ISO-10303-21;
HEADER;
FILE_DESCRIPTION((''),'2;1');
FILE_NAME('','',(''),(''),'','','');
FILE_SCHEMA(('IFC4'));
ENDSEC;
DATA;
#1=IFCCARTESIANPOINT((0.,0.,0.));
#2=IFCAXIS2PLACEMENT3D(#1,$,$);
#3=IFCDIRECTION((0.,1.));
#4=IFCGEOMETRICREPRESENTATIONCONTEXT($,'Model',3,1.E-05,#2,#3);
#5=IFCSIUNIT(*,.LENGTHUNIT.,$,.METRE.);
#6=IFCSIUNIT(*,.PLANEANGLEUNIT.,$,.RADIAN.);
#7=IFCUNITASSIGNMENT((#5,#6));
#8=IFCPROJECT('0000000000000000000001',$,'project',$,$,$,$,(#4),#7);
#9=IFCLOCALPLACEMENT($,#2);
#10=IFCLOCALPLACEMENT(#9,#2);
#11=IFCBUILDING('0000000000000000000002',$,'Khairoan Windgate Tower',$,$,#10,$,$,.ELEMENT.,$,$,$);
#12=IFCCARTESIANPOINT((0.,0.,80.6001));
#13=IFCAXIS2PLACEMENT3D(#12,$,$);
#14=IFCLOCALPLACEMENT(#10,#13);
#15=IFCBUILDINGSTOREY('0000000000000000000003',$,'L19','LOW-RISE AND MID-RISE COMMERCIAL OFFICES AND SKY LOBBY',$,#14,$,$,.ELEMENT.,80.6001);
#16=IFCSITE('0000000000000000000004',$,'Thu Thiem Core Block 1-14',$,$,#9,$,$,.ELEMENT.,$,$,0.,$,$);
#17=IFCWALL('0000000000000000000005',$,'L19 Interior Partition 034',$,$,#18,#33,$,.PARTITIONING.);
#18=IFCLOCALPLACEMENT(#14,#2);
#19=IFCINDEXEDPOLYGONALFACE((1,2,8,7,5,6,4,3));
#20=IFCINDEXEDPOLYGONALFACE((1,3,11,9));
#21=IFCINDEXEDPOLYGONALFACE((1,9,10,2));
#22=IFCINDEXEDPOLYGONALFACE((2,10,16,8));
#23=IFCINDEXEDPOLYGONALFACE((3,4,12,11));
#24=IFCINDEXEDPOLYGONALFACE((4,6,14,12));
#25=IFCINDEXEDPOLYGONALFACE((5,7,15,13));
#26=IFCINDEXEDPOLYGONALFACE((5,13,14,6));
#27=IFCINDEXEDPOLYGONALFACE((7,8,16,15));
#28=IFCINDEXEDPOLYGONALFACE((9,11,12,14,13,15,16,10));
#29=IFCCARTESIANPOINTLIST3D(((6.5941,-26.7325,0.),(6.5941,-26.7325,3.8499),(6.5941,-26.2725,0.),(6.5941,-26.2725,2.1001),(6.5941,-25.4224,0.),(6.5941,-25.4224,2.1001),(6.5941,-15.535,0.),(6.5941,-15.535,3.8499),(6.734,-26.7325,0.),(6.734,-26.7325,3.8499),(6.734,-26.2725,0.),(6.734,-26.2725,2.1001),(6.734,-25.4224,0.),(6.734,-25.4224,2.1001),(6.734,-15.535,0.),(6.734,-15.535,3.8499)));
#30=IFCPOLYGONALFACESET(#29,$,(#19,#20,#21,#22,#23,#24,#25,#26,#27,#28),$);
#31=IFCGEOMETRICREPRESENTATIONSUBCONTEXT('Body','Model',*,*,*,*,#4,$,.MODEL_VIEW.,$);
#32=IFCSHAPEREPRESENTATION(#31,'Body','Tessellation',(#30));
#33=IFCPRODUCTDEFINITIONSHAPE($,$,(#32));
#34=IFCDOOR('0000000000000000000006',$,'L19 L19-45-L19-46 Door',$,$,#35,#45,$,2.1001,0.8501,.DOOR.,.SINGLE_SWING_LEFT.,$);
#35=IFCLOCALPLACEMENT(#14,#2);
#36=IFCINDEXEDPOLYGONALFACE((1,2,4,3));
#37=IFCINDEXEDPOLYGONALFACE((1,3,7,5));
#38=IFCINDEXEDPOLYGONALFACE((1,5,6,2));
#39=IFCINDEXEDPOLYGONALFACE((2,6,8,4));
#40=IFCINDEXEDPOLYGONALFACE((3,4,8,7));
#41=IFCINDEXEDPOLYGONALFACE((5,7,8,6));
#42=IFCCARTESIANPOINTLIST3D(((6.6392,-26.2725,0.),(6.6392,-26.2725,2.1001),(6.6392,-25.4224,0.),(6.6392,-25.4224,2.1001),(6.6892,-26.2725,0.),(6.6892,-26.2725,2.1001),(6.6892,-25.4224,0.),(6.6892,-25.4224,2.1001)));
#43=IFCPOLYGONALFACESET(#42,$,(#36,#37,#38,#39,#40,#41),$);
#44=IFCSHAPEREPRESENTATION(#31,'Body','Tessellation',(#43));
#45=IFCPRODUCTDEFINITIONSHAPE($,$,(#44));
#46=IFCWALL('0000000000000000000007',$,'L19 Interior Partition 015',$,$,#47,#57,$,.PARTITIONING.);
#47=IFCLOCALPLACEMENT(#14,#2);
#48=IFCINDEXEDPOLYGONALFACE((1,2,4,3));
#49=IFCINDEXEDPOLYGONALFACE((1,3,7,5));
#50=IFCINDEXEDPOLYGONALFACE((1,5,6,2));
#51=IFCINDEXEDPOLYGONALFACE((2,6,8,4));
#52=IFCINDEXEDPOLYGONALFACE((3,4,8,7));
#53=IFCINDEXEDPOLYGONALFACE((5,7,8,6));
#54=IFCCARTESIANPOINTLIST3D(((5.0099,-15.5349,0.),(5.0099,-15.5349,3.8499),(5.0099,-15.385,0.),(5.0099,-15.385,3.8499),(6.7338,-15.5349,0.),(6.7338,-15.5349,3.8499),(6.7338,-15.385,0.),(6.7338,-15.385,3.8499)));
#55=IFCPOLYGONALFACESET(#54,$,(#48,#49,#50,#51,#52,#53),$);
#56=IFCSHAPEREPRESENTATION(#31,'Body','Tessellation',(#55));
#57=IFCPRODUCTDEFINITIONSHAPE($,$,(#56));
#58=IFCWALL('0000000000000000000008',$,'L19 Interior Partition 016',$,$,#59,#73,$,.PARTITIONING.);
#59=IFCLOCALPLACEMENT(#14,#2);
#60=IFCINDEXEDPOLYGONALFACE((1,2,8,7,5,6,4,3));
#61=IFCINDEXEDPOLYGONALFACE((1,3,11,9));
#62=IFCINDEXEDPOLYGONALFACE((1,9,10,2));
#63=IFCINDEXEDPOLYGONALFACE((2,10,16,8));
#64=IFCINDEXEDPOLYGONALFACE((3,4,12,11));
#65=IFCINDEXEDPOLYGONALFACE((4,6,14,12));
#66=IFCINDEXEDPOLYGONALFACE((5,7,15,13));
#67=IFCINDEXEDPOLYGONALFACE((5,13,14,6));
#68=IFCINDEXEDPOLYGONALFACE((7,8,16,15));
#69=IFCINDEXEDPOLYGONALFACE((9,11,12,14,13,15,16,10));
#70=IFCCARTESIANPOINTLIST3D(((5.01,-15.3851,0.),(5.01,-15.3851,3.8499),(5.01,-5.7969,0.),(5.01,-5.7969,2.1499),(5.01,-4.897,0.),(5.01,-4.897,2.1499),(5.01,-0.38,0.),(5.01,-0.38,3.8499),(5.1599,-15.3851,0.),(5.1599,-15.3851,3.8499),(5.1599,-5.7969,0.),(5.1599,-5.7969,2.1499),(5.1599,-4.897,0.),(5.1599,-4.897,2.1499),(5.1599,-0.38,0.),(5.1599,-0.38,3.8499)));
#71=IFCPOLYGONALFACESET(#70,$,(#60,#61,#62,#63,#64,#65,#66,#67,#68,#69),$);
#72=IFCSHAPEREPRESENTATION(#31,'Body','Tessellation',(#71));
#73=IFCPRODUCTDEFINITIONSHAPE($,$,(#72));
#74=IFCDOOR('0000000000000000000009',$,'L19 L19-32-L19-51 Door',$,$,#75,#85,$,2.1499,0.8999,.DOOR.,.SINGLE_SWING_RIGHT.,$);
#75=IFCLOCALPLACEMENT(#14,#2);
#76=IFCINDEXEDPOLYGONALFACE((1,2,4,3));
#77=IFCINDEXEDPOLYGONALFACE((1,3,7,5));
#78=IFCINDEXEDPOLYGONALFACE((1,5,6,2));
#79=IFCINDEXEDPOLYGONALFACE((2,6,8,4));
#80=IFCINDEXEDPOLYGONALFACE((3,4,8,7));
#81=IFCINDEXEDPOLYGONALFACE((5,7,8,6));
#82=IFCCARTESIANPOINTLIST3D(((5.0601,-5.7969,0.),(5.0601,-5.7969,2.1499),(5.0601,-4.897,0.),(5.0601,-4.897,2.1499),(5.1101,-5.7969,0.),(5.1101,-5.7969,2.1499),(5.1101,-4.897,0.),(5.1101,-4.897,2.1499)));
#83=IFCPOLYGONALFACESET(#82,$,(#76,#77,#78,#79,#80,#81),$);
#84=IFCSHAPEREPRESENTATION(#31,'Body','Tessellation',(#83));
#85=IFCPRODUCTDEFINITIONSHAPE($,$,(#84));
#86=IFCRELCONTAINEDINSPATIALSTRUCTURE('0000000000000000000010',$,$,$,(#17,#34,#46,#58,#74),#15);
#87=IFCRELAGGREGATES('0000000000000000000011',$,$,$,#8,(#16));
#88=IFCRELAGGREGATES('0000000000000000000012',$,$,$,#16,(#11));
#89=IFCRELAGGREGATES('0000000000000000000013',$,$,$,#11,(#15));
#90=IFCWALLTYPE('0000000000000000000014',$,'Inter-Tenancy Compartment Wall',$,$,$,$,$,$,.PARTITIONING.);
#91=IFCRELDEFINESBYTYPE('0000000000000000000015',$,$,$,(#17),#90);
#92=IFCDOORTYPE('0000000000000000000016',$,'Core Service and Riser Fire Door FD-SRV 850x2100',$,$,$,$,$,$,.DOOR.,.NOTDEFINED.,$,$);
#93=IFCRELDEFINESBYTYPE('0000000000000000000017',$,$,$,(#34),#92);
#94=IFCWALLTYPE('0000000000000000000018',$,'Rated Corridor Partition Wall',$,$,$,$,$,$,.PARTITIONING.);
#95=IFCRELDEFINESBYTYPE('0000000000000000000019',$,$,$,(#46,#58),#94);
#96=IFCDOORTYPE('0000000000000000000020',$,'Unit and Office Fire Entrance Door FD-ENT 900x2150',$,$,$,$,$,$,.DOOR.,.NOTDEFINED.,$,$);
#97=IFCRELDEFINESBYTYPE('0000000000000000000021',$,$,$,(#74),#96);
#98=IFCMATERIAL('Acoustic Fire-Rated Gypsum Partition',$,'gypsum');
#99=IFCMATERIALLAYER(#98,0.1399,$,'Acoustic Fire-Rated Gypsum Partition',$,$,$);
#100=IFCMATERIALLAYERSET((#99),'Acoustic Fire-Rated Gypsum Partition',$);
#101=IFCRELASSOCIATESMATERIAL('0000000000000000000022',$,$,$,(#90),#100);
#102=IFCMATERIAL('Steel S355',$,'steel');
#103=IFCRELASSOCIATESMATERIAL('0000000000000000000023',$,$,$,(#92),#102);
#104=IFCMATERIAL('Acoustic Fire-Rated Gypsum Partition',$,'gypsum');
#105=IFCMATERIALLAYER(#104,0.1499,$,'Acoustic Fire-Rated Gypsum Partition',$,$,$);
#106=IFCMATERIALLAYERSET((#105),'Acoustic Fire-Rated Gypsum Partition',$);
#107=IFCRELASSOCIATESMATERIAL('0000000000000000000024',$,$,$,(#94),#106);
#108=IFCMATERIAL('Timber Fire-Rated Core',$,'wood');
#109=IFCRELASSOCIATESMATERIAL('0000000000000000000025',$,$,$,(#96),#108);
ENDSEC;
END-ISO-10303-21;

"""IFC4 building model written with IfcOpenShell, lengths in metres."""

from ifc_helpers import new_model, si_unit, direction, frame, frame_2d, origin, place, context, subcontext, project, spatial, rectangle, extrude, material, layer, layer_set, type_object, element, fill, save


model = new_model("IFC4")

# Units and contexts
model_context = context("Model", 3, precision=1e-05, world=origin(), true_north=direction((0.0, 1.0)))
body_context = subcontext(model_context, "Body", "Model", "MODEL_VIEW")
ifc_project = project(units=[si_unit("LENGTHUNIT", "METRE"), si_unit("PLANEANGLEUNIT", "RADIAN")], contexts=[model_context])

# Site, building, storey
site_placement = place(None, origin())
site = spatial("IfcSite", under=ifc_project, at=site_placement, Name="Thu Thiem Core Block 1-14", CompositionType="ELEMENT", RefElevation=0.0)
building_placement = place(site_placement, origin())
building = spatial("IfcBuilding", under=site, at=building_placement, Name="Khairoan Windgate Tower", CompositionType="ELEMENT")
storey_placement = place(building_placement, frame((0.0, 0.0, 80.6001)))
storey = spatial("IfcBuildingStorey", under=building, at=storey_placement, Name="L19", Description="LOW-RISE AND MID-RISE COMMERCIAL OFFICES AND SKY LOBBY", CompositionType="ELEMENT", Elevation=80.6001)

# Wall, opening, door
ifc_material_1 = material(Name="Acoustic Fire-Rated Gypsum Partition", Category="gypsum")
ifc_layer_1 = layer(ifc_material_1, 0.1399, Name="Acoustic Fire-Rated Gypsum Partition")
ifc_layer_set_1 = layer_set([ifc_layer_1], Name="Acoustic Fire-Rated Gypsum Partition")
wall_type_1 = type_object("IfcWallType", Name="Inter-Tenancy Compartment Wall", PredefinedType="PARTITIONING", material=ifc_layer_set_1)
wall_1_placement = place(storey_placement, frame((6.6641, -26.7324, 0.0), z_axis=(0.0, 0.0, 1.0), x_axis=(0.0, 1.0, 0.0)))
wall_1 = element("IfcWall", 1, at=wall_1_placement, inside=storey, type_object=wall_type_1, Name="L19 Interior Partition 034", PredefinedType="PARTITIONING", context=body_context, shape_type="SweptSolid", body=[
    extrude(rectangle(XDim=11.1975, YDim=0.1399, at=frame_2d((5.5986, 0.0))), origin(), (0.0, 0.0, 1.0), 3.8499),
])
opening_1_placement = place(wall_1_placement, frame((0.46, 0.0, 0.0)))
opening_1 = element("IfcOpeningElement", 2, at=opening_1_placement, cuts=wall_1, PredefinedType="OPENING", context=body_context, shape_type="SweptSolid", body=[
    extrude(rectangle(XDim=0.8501, YDim=2.1001, at=frame_2d((0.425, 1.05))), frame((0.0, 0.0798, 0.0), z_axis=(0.0, -1.0, 0.0), x_axis=(1.0, 0.0, 0.0)), (0.0, 0.0, 1.0), 0.1599),
])
ifc_material_2 = material(Name="Steel S355", Category="steel")
door_type_1 = type_object("IfcDoorType", Name="Core Service and Riser Fire Door FD-SRV 850x2100", OperationType="NOTDEFINED", PredefinedType="DOOR", material=ifc_material_2)
door_1_placement = place(opening_1_placement, origin())
door_1 = element("IfcDoor", 3, at=door_1_placement, inside=storey, type_object=door_type_1, Name="L19 L19-45-L19-46 Door", OperationType="SINGLE_SWING_LEFT", OverallHeight=2.1001, OverallWidth=0.8501, PredefinedType="DOOR", context=body_context, shape_type="SweptSolid", body=[
    extrude(rectangle(XDim=0.8501, YDim=2.1001, at=frame_2d((0.425, 1.05))), frame((0.0, 0.0249, 0.0), z_axis=(0.0, -1.0, 0.0), x_axis=(1.0, 0.0, 0.0)), (0.0, 0.0, 1.0), 0.05),
])
fill(opening_1, door_1)

# Wall
ifc_material_3 = material(Name="Acoustic Fire-Rated Gypsum Partition", Category="gypsum")
ifc_layer_2 = layer(ifc_material_3, 0.1499, Name="Acoustic Fire-Rated Gypsum Partition")
ifc_layer_set_2 = layer_set([ifc_layer_2], Name="Acoustic Fire-Rated Gypsum Partition")
wall_type_2 = type_object("IfcWallType", Name="Rated Corridor Partition Wall", PredefinedType="PARTITIONING", material=ifc_layer_set_2)
wall_2_placement = place(storey_placement, frame((5.01, -15.46, 0.0), z_axis=(0.0, 0.0, 1.0), x_axis=(1.0, 0.0, 0.0)))
element("IfcWall", 4, at=wall_2_placement, inside=storey, type_object=wall_type_2, Name="L19 Interior Partition 015", PredefinedType="PARTITIONING", context=body_context, shape_type="SweptSolid", body=[
    extrude(rectangle(XDim=1.7239, YDim=0.1499, at=frame_2d((0.8618, 0.0))), origin(), (0.0, 0.0, 1.0), 3.8499),
])

# Wall, opening, door
wall_3_placement = place(storey_placement, frame((5.085, -15.385, 0.0), z_axis=(0.0, 0.0, 1.0), x_axis=(0.0, 1.0, 0.0)))
wall_3 = element("IfcWall", 5, at=wall_3_placement, inside=storey, type_object=wall_type_2, Name="L19 Interior Partition 016", PredefinedType="PARTITIONING", context=body_context, shape_type="SweptSolid", body=[
    extrude(rectangle(XDim=15.0051, YDim=0.1499, at=frame_2d((7.5024, 0.0))), origin(), (0.0, 0.0, 1.0), 3.8499),
])
opening_2_placement = place(wall_3_placement, frame((9.5881, 0.0, 0.0)))
opening_2 = element("IfcOpeningElement", 6, at=opening_2_placement, cuts=wall_3, PredefinedType="OPENING", context=body_context, shape_type="SweptSolid", body=[
    extrude(rectangle(XDim=0.8999, YDim=2.1499, at=frame_2d((0.45, 1.075))), frame((0.0, 0.085, 0.0), z_axis=(0.0, -1.0, 0.0), x_axis=(1.0, 0.0, 0.0)), (0.0, 0.0, 1.0), 0.1699),
])
ifc_material_4 = material(Name="Timber Fire-Rated Core", Category="wood")
door_type_2 = type_object("IfcDoorType", Name="Unit and Office Fire Entrance Door FD-ENT 900x2150", OperationType="NOTDEFINED", PredefinedType="DOOR", material=ifc_material_4)
door_2_placement = place(opening_2_placement, origin())
door_2 = element("IfcDoor", 7, at=door_2_placement, inside=storey, type_object=door_type_2, Name="L19 L19-32-L19-51 Door", OperationType="SINGLE_SWING_RIGHT", OverallHeight=2.1499, OverallWidth=0.8999, PredefinedType="DOOR", context=body_context, shape_type="SweptSolid", body=[
    extrude(rectangle(XDim=0.8999, YDim=2.1499, at=frame_2d((0.45, 1.075))), frame((0.0, 0.0249, 0.0), z_axis=(0.0, -1.0, 0.0), x_axis=(1.0, 0.0, 0.0)), (0.0, 0.0, 1.0), 0.05),
])
fill(opening_2, door_2)

save(model, "model.ifc")
